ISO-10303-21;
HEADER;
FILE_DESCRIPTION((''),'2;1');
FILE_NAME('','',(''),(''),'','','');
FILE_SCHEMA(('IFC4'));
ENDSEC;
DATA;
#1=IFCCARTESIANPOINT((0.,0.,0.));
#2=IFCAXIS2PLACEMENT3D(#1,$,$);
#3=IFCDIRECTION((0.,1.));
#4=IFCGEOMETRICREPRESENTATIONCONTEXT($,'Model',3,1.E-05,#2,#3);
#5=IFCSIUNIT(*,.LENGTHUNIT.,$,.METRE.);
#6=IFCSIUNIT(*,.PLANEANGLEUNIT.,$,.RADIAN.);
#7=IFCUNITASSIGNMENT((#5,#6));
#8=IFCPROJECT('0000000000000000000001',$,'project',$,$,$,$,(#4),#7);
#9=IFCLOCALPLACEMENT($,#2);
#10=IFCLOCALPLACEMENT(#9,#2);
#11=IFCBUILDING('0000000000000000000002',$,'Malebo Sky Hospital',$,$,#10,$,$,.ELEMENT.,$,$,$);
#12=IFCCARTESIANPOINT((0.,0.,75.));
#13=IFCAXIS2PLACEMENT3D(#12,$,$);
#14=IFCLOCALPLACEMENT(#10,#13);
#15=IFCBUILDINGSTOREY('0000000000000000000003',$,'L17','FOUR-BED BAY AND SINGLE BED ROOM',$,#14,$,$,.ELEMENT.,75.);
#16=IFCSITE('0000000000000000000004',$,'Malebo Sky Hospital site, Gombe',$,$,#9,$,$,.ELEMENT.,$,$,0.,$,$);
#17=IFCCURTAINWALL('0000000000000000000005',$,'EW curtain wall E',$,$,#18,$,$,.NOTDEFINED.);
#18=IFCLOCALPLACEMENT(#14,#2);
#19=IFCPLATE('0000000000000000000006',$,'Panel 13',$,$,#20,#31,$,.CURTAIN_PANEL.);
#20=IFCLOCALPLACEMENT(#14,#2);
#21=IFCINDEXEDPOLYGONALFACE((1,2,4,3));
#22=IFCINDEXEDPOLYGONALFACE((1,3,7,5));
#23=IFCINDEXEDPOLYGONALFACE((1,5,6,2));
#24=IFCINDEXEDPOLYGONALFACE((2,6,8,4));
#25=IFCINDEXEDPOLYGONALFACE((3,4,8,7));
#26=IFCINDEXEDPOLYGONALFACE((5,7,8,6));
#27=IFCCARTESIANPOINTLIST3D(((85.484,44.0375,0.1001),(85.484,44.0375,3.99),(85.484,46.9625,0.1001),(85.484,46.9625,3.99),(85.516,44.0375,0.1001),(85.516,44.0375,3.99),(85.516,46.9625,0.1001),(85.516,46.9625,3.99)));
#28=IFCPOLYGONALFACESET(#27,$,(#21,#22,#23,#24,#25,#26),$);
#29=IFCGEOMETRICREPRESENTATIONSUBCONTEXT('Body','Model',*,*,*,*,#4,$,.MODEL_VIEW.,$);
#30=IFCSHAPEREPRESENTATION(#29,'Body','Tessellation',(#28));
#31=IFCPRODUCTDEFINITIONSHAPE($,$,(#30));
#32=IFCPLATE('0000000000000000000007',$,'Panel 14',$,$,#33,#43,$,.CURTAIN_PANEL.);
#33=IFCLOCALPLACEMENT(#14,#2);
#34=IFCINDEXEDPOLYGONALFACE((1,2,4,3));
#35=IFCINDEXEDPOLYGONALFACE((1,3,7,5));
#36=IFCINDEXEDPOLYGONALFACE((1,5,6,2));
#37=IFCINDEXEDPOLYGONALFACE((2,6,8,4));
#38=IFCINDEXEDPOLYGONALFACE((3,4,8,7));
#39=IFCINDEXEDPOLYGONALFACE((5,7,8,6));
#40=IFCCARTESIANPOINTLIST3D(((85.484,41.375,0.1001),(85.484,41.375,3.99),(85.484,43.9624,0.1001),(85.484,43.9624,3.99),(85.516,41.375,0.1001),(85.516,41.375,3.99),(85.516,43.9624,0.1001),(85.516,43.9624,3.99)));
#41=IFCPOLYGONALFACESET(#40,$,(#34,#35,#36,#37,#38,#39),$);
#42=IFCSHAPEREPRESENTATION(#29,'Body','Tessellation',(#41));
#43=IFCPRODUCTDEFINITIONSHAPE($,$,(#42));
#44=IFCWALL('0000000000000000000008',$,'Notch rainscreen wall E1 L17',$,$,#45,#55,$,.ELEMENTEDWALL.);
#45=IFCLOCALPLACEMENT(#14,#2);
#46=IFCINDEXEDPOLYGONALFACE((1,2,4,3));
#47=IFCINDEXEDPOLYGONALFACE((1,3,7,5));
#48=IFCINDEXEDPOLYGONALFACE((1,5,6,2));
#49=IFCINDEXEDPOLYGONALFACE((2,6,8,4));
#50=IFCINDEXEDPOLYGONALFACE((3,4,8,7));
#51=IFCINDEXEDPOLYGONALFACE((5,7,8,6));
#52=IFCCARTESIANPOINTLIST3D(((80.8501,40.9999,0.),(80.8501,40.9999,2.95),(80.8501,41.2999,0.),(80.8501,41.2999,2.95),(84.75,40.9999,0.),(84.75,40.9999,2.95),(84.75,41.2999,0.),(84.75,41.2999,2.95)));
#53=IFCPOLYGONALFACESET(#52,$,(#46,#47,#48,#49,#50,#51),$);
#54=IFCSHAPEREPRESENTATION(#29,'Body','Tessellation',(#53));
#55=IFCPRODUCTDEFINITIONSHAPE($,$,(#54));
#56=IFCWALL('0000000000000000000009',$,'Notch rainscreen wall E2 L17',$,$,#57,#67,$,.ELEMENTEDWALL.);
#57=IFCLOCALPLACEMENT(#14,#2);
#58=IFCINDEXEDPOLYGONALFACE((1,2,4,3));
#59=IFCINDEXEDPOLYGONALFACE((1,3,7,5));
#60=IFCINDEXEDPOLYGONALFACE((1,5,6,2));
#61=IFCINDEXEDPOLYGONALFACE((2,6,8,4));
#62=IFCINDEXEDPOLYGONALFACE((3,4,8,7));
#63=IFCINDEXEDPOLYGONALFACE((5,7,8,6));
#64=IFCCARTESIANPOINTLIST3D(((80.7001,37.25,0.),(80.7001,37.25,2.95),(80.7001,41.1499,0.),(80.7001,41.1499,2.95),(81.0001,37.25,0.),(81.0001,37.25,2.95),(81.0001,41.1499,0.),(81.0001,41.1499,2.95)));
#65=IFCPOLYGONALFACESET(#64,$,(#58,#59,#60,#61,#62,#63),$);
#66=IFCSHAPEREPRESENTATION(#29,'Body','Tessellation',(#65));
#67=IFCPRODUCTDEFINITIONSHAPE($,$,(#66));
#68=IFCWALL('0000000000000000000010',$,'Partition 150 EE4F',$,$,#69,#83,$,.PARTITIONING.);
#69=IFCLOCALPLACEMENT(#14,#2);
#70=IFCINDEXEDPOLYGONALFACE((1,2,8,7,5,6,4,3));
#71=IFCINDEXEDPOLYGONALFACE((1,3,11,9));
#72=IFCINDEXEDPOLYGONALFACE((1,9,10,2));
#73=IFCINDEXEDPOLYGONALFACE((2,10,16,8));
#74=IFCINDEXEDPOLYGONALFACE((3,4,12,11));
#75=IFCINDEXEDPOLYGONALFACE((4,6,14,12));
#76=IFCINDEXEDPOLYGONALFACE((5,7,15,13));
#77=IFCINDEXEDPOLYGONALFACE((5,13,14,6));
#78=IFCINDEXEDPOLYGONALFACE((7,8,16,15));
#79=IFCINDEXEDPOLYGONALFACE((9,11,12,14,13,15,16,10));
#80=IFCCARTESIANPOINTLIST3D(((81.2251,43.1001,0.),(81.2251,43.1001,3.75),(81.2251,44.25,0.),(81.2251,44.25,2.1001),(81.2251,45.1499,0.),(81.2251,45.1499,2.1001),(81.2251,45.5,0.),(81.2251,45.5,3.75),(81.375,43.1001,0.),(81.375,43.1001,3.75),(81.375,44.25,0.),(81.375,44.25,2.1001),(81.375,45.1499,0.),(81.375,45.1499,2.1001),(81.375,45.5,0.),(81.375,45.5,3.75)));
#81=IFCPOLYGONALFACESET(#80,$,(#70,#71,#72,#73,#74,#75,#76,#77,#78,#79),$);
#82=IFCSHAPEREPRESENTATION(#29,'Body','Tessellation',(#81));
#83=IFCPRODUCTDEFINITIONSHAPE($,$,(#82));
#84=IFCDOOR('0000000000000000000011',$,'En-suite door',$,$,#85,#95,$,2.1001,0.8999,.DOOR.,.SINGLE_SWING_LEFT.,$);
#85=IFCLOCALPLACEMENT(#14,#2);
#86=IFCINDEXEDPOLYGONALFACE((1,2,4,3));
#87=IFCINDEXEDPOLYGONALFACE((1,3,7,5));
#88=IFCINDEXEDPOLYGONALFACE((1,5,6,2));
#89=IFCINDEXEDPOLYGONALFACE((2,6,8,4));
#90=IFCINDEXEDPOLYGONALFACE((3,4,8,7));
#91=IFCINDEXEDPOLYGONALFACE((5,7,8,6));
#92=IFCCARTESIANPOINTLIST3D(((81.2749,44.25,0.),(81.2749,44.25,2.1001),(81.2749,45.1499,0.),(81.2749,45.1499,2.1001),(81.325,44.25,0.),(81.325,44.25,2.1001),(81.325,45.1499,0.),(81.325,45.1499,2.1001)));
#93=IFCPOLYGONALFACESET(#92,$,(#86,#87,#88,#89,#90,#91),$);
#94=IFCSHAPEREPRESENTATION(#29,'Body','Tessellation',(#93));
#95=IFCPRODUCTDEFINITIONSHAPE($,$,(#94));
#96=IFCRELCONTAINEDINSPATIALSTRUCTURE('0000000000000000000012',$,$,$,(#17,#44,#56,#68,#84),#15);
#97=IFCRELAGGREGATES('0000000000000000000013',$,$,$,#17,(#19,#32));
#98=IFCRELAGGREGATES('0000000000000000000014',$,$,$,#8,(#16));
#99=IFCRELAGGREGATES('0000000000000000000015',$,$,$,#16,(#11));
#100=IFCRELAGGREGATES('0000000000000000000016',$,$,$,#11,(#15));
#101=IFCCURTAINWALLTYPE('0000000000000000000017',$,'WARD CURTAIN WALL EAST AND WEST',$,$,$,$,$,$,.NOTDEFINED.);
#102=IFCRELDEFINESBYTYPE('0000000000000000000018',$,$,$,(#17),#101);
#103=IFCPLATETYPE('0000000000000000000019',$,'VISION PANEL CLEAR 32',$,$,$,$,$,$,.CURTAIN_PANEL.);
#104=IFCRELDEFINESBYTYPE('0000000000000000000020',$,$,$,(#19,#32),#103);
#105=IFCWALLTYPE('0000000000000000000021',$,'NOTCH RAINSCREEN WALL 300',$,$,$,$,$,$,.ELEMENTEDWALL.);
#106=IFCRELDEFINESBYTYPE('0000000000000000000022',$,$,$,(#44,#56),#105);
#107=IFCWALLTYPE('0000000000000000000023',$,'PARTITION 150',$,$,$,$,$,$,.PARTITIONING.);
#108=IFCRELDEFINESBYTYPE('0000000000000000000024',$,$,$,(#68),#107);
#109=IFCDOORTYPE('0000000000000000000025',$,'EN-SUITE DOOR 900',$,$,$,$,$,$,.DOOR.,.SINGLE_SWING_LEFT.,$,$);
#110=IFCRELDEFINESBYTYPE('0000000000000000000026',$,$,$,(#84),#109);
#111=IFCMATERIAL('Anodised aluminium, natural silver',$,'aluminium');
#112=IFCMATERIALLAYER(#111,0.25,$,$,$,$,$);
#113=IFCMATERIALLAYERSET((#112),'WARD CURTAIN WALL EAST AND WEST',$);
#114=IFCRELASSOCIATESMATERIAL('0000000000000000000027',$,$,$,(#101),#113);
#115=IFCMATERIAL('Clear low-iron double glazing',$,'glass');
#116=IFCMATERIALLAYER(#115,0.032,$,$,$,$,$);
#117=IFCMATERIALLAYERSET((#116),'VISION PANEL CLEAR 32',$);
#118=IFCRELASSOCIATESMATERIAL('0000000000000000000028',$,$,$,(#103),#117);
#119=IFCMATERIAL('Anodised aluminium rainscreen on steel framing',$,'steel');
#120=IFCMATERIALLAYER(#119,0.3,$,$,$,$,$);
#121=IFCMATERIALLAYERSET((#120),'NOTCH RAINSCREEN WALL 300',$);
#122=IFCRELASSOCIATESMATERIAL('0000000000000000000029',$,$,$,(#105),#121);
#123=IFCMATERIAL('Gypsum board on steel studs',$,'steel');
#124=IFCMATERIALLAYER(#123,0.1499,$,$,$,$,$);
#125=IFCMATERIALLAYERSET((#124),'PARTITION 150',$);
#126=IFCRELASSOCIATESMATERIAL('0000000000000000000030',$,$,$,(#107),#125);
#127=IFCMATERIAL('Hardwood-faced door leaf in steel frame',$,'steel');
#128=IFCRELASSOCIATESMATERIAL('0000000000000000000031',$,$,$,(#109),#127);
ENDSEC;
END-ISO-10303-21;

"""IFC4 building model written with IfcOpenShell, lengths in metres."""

from ifc_helpers import new_model, si_unit, direction, frame, frame_2d, origin, origin_2d, place, context, subcontext, project, spatial, rectangle, extrude, material, layer, layer_set, type_object, element, fill, aggregate, save


model = new_model("IFC4")

# Units and contexts
model_context = context("Model", 3, precision=1e-05, world=origin(), true_north=direction((0.0, 1.0)))
body_context = subcontext(model_context, "Body", "Model", "MODEL_VIEW")
ifc_project = project(units=[si_unit("LENGTHUNIT", "METRE"), si_unit("PLANEANGLEUNIT", "RADIAN")], contexts=[model_context])

# Site, building, storey
site_placement = place(None, origin())
site = spatial("IfcSite", under=ifc_project, at=site_placement, Name="Malebo Sky Hospital site, Gombe", CompositionType="ELEMENT", RefElevation=0.0)
building_placement = place(site_placement, origin())
building = spatial("IfcBuilding", under=site, at=building_placement, Name="Malebo Sky Hospital", CompositionType="ELEMENT")
storey_placement = place(building_placement, frame((0.0, 0.0, 75.0)))
storey = spatial("IfcBuildingStorey", under=building, at=storey_placement, Name="L17", Description="FOUR-BED BAY AND SINGLE BED ROOM", CompositionType="ELEMENT", Elevation=75.0)

# Curtain wall
ifc_material_1 = material(Name="Anodised aluminium, natural silver", Category="aluminium")
ifc_layer_1 = layer(ifc_material_1, 0.25)
ifc_layer_set_1 = layer_set([ifc_layer_1], Name="WARD CURTAIN WALL EAST AND WEST")
curtain_wall_type_1 = type_object("IfcCurtainWallType", Name="WARD CURTAIN WALL EAST AND WEST", PredefinedType="NOTDEFINED", material=ifc_layer_set_1)
curtain_wall_1_placement = place(storey_placement, origin())
curtain_wall_1 = element("IfcCurtainWall", 1, at=curtain_wall_1_placement, inside=storey, type_object=curtain_wall_type_1, Name="EW curtain wall E", PredefinedType="NOTDEFINED")

# Plates
ifc_material_2 = material(Name="Clear low-iron double glazing", Category="glass")
ifc_layer_2 = layer(ifc_material_2, 0.032)
ifc_layer_set_2 = layer_set([ifc_layer_2], Name="VISION PANEL CLEAR 32")
plate_type = type_object("IfcPlateType", Name="VISION PANEL CLEAR 32", PredefinedType="CURTAIN_PANEL", material=ifc_layer_set_2)
plate_1_placement = place(storey_placement, frame((85.5, 45.5, 0.1001), z_axis=(0.0, 0.0, 1.0), x_axis=(0.0, -1.0, 0.0)))
plate_1 = element("IfcPlate", 2, at=plate_1_placement, type_object=plate_type, Name="Panel 13", PredefinedType="CURTAIN_PANEL", context=body_context, shape_type="SweptSolid", body=[
    extrude(rectangle(XDim=2.925, YDim=0.032, at=origin_2d()), origin(), (0.0, 0.0, 1.0), 3.8899),
])
plate_2_placement = place(storey_placement, frame((85.5, 42.6687, 0.1001), z_axis=(0.0, 0.0, 1.0), x_axis=(0.0, -1.0, 0.0)))
plate_2 = element("IfcPlate", 3, at=plate_2_placement, type_object=plate_type, Name="Panel 14", PredefinedType="CURTAIN_PANEL", context=body_context, shape_type="SweptSolid", body=[
    extrude(rectangle(XDim=2.5874, YDim=0.032, at=origin_2d()), origin(), (0.0, 0.0, 1.0), 3.8899),
])
aggregate(curtain_wall_1, [plate_1, plate_2])

# Walls
ifc_material_3 = material(Name="Anodised aluminium rainscreen on steel framing", Category="steel")
ifc_layer_3 = layer(ifc_material_3, 0.3)
ifc_layer_set_3 = layer_set([ifc_layer_3], Name="NOTCH RAINSCREEN WALL 300")
wall_type_1 = type_object("IfcWallType", Name="NOTCH RAINSCREEN WALL 300", PredefinedType="ELEMENTEDWALL", material=ifc_layer_set_3)
for number, where, z_axis, x_axis, name in (
    (4, (84.75, 41.1499, 0.0), (0.0, 0.0, 1.0), (-1.0, 0.0, 0.0), "Notch rainscreen wall E1 L17"),
    (5, (80.8501, 41.1499, 0.0), (0.0, 0.0, 1.0), (0.0, -1.0, 0.0), "Notch rainscreen wall E2 L17"),
):
    element("IfcWall", number, at=place(storey_placement, frame(where, z_axis=z_axis, x_axis=x_axis)), inside=storey, type_object=wall_type_1, Name=name, PredefinedType="ELEMENTEDWALL", context=body_context, shape_type="SweptSolid", body=[
        extrude(rectangle(XDim=3.8999, YDim=0.3, at=frame_2d((1.95, 0.0))), origin(), (0.0, 0.0, 1.0), 2.95),
    ])

# Wall, opening, door
ifc_material_4 = material(Name="Gypsum board on steel studs", Category="steel")
ifc_layer_4 = layer(ifc_material_4, 0.1499)
ifc_layer_set_4 = layer_set([ifc_layer_4], Name="PARTITION 150")
wall_type_2 = type_object("IfcWallType", Name="PARTITION 150", PredefinedType="PARTITIONING", material=ifc_layer_set_4)
wall_placement = place(storey_placement, frame((81.3, 45.5, 0.0), z_axis=(0.0, 0.0, 1.0), x_axis=(0.0, -1.0, 0.0)))
wall = element("IfcWall", 6, at=wall_placement, inside=storey, type_object=wall_type_2, Name="Partition 150 EE4F", PredefinedType="PARTITIONING", context=body_context, shape_type="SweptSolid", body=[
    extrude(rectangle(XDim=2.3999, YDim=0.1499, at=frame_2d((1.2, 0.0))), origin(), (0.0, 0.0, 1.0), 3.75),
])
opening_placement = place(wall_placement, frame((0.3501, 0.0, 0.0)))
opening = element("IfcOpeningElement", 7, at=opening_placement, cuts=wall, PredefinedType="OPENING", context=body_context, shape_type="SweptSolid", body=[
    extrude(rectangle(XDim=0.8999, YDim=2.1001, at=frame_2d((0.45, 1.05))), frame((0.0, 0.085, 0.0), z_axis=(0.0, -1.0, 0.0), x_axis=(1.0, 0.0, 0.0)), (0.0, 0.0, 1.0), 0.1699),
])
ifc_material_5 = material(Name="Hardwood-faced door leaf in steel frame", Category="steel")
door_type = type_object("IfcDoorType", Name="EN-SUITE DOOR 900", OperationType="SINGLE_SWING_LEFT", PredefinedType="DOOR", material=ifc_material_5)
door_placement = place(opening_placement, origin())
door = element("IfcDoor", 8, at=door_placement, inside=storey, type_object=door_type, Name="En-suite door", OperationType="SINGLE_SWING_LEFT", OverallHeight=2.1001, OverallWidth=0.8999, PredefinedType="DOOR", context=body_context, shape_type="SweptSolid", body=[
    extrude(rectangle(XDim=0.8999, YDim=2.1001, at=frame_2d((0.45, 1.05))), frame((0.0, 0.0249, 0.0), z_axis=(0.0, -1.0, 0.0), x_axis=(1.0, 0.0, 0.0)), (0.0, 0.0, 1.0), 0.05),
])
fill(opening, door)

save(model, "model.ifc")
